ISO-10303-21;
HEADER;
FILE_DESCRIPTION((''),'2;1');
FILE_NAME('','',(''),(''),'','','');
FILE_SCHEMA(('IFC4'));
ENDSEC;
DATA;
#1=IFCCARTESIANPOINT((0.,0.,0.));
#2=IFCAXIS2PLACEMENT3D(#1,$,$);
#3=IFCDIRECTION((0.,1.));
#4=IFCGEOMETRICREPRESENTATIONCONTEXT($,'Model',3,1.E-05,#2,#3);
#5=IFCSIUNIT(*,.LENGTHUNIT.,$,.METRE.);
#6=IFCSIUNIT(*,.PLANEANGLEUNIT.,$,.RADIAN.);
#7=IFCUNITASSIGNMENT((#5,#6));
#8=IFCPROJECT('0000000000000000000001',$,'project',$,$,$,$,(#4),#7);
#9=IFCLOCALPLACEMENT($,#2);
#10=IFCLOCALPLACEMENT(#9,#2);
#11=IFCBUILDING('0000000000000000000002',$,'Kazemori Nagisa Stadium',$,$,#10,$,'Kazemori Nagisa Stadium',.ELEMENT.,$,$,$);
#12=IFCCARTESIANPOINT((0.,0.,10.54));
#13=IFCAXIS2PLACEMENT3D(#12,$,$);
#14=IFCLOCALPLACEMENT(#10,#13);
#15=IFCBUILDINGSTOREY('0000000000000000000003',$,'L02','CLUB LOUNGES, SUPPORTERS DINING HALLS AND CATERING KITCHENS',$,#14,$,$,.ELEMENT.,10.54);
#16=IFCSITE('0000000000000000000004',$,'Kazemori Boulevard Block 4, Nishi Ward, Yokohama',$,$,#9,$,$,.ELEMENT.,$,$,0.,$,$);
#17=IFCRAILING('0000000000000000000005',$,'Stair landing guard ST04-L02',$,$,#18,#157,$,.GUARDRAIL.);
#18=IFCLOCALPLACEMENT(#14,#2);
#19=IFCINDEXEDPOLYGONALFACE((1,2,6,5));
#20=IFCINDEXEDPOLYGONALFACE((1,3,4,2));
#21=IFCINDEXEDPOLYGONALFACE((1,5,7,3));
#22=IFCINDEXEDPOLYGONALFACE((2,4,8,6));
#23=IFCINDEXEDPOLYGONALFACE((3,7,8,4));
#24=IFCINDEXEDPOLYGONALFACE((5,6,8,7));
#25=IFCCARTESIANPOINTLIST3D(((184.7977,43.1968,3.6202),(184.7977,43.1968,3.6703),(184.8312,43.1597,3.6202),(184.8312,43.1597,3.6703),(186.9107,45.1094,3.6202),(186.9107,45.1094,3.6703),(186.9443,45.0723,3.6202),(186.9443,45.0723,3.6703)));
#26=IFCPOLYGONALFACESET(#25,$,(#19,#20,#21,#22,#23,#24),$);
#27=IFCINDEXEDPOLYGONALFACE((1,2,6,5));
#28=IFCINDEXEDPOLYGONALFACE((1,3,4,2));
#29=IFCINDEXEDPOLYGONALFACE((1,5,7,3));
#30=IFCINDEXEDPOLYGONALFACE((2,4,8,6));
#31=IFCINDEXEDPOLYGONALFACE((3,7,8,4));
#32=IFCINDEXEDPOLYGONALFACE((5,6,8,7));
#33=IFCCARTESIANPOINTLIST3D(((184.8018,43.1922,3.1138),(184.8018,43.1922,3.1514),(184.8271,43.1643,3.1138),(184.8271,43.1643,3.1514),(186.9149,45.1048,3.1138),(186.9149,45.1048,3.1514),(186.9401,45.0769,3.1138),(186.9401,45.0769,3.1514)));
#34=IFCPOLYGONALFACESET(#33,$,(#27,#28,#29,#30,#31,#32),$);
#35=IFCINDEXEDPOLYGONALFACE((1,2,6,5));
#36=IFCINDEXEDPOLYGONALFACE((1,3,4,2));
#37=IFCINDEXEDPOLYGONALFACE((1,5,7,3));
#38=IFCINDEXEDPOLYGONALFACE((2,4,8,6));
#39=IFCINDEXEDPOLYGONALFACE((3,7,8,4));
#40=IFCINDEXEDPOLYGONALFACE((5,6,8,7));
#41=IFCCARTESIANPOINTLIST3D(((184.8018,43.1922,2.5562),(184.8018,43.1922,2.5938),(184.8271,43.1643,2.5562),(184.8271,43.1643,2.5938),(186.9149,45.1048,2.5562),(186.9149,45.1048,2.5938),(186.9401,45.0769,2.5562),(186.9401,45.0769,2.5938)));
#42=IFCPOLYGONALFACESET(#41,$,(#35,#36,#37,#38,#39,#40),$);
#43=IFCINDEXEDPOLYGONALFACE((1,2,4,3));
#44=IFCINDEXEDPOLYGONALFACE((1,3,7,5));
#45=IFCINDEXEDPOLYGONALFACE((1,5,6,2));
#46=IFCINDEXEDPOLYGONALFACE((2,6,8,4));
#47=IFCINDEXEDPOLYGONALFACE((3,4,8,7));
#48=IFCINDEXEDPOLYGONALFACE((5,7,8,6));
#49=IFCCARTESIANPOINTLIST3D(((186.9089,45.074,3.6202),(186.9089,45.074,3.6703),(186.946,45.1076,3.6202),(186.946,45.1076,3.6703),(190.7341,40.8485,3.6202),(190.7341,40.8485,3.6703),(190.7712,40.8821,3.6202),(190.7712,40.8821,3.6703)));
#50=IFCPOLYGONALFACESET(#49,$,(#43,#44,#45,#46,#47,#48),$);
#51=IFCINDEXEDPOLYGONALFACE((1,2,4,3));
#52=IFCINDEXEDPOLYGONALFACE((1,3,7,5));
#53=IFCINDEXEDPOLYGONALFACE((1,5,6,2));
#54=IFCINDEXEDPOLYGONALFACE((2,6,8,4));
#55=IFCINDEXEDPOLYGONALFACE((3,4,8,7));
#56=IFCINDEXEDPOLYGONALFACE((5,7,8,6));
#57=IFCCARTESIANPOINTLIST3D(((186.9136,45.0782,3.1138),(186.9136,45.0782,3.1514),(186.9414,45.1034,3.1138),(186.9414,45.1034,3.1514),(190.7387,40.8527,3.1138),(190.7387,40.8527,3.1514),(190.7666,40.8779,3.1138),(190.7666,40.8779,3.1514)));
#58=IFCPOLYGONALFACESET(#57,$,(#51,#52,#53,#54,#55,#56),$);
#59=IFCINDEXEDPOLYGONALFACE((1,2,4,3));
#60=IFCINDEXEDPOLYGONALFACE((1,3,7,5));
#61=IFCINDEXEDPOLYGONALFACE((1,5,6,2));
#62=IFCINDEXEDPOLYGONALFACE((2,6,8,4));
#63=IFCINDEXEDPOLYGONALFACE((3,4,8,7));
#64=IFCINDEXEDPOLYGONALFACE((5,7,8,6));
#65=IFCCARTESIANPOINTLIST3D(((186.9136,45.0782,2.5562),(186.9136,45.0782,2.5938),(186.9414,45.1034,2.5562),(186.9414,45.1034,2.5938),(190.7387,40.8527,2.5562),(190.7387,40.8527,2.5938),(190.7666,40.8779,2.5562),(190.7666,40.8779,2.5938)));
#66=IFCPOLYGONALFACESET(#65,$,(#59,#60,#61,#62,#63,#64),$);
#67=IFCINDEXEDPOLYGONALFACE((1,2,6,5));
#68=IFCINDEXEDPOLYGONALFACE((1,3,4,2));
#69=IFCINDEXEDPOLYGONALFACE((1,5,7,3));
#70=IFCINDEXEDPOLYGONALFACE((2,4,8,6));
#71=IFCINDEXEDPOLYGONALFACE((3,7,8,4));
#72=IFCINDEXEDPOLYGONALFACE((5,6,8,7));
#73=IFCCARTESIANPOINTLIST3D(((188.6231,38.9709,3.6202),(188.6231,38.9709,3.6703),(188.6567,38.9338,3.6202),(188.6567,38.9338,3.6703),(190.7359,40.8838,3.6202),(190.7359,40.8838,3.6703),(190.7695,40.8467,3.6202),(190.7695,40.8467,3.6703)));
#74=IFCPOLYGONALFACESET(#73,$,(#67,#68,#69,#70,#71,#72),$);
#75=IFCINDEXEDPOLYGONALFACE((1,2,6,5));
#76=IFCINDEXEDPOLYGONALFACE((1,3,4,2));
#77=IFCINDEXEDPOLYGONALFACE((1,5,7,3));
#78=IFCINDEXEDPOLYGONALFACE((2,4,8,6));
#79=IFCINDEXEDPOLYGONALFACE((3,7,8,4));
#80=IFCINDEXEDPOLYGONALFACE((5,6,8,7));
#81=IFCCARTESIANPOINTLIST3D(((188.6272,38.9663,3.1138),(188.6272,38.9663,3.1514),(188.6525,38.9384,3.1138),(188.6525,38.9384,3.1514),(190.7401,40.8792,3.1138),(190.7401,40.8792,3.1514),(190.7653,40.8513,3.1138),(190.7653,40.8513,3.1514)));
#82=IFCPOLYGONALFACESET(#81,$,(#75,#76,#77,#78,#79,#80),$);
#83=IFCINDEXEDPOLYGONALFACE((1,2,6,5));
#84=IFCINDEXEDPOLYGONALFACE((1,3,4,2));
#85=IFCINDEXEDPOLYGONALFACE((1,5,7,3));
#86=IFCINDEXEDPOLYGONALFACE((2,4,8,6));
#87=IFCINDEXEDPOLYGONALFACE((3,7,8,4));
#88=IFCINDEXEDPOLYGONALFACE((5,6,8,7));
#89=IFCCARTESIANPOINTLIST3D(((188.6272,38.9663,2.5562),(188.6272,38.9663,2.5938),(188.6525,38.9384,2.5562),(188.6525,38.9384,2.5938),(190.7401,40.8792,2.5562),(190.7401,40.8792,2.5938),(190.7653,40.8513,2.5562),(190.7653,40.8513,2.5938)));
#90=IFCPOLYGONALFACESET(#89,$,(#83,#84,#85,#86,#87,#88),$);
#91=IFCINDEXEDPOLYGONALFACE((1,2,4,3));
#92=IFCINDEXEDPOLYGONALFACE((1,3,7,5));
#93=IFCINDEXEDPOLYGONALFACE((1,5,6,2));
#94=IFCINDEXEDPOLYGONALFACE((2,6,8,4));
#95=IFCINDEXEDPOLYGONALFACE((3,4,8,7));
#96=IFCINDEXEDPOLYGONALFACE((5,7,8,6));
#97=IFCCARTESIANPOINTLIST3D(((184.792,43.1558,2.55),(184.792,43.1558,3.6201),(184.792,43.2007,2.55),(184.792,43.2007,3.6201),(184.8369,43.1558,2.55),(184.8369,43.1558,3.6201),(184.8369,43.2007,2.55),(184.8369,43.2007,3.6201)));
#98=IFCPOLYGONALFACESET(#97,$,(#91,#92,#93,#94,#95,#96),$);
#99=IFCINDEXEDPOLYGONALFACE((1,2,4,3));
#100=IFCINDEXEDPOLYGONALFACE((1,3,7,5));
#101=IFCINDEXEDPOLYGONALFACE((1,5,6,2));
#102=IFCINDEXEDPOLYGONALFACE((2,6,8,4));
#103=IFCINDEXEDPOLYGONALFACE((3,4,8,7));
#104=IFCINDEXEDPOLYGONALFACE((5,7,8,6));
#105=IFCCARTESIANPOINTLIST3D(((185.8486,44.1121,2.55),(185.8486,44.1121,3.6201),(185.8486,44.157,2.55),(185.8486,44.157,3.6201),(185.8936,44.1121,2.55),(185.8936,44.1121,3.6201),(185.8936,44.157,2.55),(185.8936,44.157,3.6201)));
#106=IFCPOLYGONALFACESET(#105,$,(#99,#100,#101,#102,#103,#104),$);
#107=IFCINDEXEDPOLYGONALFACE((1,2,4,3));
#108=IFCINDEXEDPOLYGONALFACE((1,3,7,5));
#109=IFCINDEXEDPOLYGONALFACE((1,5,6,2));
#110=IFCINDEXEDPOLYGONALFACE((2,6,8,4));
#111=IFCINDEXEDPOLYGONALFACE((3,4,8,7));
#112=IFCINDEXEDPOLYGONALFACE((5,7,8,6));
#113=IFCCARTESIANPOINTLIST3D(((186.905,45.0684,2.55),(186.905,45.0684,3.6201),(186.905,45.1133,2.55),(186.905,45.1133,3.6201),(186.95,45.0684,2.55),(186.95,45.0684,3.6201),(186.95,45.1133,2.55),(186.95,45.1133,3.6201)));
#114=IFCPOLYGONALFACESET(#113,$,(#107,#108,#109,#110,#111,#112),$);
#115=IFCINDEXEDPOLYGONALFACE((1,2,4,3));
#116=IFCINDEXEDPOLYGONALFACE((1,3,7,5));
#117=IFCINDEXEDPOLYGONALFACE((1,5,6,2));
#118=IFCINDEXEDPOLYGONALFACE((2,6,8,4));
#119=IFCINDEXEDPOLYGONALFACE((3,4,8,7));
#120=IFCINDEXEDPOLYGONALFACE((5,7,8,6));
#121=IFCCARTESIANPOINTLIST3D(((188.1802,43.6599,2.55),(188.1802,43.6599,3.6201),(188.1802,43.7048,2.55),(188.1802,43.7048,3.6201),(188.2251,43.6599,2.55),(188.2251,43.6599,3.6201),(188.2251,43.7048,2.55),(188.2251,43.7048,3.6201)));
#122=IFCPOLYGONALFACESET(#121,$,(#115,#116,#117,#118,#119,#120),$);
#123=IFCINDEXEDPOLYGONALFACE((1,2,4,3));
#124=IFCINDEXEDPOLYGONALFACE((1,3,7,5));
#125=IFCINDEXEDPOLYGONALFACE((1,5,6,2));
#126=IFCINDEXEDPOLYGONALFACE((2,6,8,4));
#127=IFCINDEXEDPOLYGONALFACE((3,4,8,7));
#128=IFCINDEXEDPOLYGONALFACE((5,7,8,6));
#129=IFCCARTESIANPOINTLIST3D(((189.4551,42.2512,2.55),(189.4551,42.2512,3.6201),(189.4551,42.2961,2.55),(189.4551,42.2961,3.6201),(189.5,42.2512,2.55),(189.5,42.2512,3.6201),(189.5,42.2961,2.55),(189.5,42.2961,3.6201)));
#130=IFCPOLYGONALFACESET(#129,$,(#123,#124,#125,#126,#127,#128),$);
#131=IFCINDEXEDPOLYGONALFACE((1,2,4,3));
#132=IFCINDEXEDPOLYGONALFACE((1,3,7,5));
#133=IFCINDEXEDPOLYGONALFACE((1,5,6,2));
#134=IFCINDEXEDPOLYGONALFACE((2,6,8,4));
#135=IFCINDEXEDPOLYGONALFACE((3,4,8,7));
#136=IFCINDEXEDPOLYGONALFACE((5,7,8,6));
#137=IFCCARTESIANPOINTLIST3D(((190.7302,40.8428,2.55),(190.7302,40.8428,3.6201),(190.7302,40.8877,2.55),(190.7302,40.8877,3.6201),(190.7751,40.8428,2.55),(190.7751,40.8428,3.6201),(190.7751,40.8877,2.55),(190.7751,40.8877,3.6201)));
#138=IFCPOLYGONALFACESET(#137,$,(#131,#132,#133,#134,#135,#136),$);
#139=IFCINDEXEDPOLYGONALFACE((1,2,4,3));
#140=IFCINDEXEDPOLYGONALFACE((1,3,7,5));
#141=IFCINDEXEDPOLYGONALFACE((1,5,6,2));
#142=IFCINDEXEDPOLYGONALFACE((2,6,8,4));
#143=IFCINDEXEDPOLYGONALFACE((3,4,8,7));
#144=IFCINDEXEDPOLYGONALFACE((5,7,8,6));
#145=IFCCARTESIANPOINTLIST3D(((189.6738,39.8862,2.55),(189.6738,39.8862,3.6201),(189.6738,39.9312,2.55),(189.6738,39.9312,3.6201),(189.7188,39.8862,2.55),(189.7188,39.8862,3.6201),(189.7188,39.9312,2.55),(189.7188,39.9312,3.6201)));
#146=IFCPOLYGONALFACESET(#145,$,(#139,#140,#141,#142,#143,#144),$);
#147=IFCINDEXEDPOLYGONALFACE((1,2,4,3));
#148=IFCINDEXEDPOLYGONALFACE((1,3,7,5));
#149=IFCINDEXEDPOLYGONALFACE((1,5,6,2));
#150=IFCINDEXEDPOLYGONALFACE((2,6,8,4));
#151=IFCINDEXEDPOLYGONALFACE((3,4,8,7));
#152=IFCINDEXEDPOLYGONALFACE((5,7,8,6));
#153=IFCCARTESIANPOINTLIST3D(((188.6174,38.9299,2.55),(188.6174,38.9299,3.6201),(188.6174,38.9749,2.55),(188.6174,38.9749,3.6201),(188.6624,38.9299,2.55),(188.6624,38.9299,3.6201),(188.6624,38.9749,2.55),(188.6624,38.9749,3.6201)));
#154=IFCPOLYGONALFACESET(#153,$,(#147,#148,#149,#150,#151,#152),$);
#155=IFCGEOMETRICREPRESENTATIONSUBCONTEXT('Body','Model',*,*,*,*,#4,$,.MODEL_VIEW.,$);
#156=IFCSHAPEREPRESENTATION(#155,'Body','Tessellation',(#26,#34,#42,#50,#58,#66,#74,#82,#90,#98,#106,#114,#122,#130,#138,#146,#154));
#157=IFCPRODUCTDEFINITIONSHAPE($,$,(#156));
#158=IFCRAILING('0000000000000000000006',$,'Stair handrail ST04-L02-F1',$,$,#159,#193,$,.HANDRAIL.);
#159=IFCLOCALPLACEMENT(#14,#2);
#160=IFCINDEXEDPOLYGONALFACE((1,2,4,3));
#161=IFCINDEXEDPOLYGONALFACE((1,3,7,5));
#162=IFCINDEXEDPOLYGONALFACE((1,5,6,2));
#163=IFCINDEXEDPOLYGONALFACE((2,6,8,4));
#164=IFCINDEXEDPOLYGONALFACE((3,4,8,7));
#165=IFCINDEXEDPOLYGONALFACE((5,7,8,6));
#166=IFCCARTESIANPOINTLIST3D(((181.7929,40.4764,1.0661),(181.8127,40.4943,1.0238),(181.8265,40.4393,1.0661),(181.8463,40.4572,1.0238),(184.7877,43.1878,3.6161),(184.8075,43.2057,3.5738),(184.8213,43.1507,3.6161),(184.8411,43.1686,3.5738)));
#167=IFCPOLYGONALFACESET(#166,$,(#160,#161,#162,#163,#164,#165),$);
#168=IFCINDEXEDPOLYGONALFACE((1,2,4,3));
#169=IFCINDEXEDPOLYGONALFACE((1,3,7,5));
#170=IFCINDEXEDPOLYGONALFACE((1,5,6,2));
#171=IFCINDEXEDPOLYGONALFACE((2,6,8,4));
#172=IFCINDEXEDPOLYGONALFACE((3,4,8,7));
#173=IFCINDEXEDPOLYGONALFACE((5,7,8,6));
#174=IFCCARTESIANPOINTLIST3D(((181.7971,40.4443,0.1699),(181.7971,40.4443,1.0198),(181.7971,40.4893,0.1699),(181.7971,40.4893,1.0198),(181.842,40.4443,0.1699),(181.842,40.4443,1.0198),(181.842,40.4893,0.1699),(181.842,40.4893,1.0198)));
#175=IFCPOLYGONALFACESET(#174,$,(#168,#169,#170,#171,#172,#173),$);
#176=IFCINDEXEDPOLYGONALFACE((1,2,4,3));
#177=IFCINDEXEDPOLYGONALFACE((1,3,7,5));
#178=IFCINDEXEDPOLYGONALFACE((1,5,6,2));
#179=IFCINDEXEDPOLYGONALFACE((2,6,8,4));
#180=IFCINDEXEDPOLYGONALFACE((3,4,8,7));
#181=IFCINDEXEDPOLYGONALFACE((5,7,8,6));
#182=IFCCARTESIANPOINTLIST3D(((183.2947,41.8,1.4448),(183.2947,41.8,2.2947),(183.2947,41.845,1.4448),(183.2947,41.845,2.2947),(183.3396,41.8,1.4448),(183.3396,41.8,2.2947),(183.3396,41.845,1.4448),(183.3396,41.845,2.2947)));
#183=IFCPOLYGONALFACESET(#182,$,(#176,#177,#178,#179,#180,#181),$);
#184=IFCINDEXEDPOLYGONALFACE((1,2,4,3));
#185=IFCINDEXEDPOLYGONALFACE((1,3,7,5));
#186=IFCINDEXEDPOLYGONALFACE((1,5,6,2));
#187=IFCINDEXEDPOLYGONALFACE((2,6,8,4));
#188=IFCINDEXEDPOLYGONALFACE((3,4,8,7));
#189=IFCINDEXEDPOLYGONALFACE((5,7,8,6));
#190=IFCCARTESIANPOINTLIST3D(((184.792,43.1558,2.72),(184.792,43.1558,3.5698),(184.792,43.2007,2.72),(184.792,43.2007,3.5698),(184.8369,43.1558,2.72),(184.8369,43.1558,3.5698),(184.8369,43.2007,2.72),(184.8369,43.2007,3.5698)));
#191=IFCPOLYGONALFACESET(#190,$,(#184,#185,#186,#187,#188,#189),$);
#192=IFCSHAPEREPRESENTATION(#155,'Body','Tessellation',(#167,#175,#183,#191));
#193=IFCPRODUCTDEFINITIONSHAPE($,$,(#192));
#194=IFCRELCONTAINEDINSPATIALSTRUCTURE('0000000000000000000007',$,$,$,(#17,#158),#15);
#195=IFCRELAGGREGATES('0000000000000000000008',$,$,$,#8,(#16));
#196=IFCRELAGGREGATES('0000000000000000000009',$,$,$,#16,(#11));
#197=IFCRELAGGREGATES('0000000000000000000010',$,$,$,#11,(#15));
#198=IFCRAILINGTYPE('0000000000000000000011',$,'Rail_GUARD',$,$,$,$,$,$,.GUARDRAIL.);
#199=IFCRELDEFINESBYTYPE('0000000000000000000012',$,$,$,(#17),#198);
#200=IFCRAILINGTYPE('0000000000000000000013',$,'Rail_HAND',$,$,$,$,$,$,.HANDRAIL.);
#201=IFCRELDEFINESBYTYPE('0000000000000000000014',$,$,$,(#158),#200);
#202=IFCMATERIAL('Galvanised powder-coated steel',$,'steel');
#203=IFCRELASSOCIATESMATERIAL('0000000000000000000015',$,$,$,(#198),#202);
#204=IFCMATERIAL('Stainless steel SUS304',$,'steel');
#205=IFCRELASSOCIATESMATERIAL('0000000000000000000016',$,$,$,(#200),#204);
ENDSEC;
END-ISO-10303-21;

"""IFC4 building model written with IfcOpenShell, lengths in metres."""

from ifc_helpers import new_model, si_unit, direction, frame, origin, origin_2d, place, context, subcontext, project, spatial, rectangle, extrude, material, type_object, element, save


model = new_model("IFC4")

# Units and contexts
model_context = context("Model", 3, precision=1e-05, world=origin(), true_north=direction((0.0, 1.0)))
body_context = subcontext(model_context, "Body", "Model", "MODEL_VIEW")
ifc_project = project(units=[si_unit("LENGTHUNIT", "METRE"), si_unit("PLANEANGLEUNIT", "RADIAN")], contexts=[model_context])

# Site, building, storey
site_placement = place(None, origin())
site = spatial("IfcSite", under=ifc_project, at=site_placement, Name="Kazemori Boulevard Block 4, Nishi Ward, Yokohama", CompositionType="ELEMENT", RefElevation=0.0)
building_placement = place(site_placement, origin())
building = spatial("IfcBuilding", under=site, at=building_placement, Name="Kazemori Nagisa Stadium", LongName="Kazemori Nagisa Stadium", CompositionType="ELEMENT")
storey_placement = place(building_placement, frame((0.0, 0.0, 10.54)))
storey = spatial("IfcBuildingStorey", under=building, at=storey_placement, Name="L02", Description="CLUB LOUNGES, SUPPORTERS DINING HALLS AND CATERING KITCHENS", CompositionType="ELEMENT", Elevation=10.54)

# Railings
ifc_material_1 = material(Name="Galvanised powder-coated steel", Category="steel")
railing_type_1 = type_object("IfcRailingType", Name="Rail_GUARD", PredefinedType="GUARDRAIL", material=ifc_material_1)
railing_1_placement = place(storey_placement, frame((184.8145, 43.1782, 2.55)))
element("IfcRailing", 1, at=railing_1_placement, inside=storey, type_object=railing_type_1, Name="Stair landing guard ST04-L02", PredefinedType="GUARDRAIL", context=body_context, shape_type="SweptSolid", body=[
    extrude(rectangle(XDim=0.05, YDim=0.05, at=origin_2d()), frame((0.0, 0.0, 1.0952), z_axis=(0.741396, 0.671068, 0.0), x_axis=(-0.671068, 0.741396, 0.0)), (0.0, 0.0, 1.0), 2.8501),
    extrude(rectangle(XDim=0.0376, YDim=0.0376, at=origin_2d()), frame((0.0, 0.0, 0.5825), z_axis=(0.741396, 0.671068, 0.0), x_axis=(-0.671068, 0.741396, 0.0)), (0.0, 0.0, 1.0), 2.8501),
    extrude(rectangle(XDim=0.0376, YDim=0.0376, at=origin_2d()), frame((0.0, 0.0, 0.0249), z_axis=(0.741396, 0.671068, 0.0), x_axis=(-0.671068, 0.741396, 0.0)), (0.0, 0.0, 1.0), 2.8501),
    extrude(rectangle(XDim=0.05, YDim=0.05, at=origin_2d()), frame((2.113, 1.9126, 1.0952), z_axis=(0.671111, -0.741357, 0.0), x_axis=(0.741357, 0.671111, 0.0)), (0.0, 0.0, 1.0), 5.6997),
    extrude(rectangle(XDim=0.0376, YDim=0.0376, at=origin_2d()), frame((2.113, 1.9126, 0.5825), z_axis=(0.671111, -0.741357, 0.0), x_axis=(0.741357, 0.671111, 0.0)), (0.0, 0.0, 1.0), 5.6997),
    extrude(rectangle(XDim=0.0376, YDim=0.0376, at=origin_2d()), frame((2.113, 1.9126, 0.0249), z_axis=(0.671111, -0.741357, 0.0), x_axis=(0.741357, 0.671111, 0.0)), (0.0, 0.0, 1.0), 5.6997),
    extrude(rectangle(XDim=0.05, YDim=0.05, at=origin_2d()), frame((5.9382, -2.313, 1.0952), z_axis=(-0.741315, -0.671158, 0.0), x_axis=(0.671158, -0.741315, 0.0)), (0.0, 0.0, 1.0), 2.8501),
    extrude(rectangle(XDim=0.0376, YDim=0.0376, at=origin_2d()), frame((5.9382, -2.313, 0.5825), z_axis=(-0.741315, -0.671158, 0.0), x_axis=(0.671158, -0.741315, 0.0)), (0.0, 0.0, 1.0), 2.8501),
    extrude(rectangle(XDim=0.0376, YDim=0.0376, at=origin_2d()), frame((5.9382, -2.313, 0.0249), z_axis=(-0.741315, -0.671158, 0.0), x_axis=(0.671158, -0.741315, 0.0)), (0.0, 0.0, 1.0), 2.8501),
    extrude(rectangle(XDim=0.0449, YDim=0.0449, at=origin_2d()), origin(), (0.0, 0.0, 1.0), 1.0701),
    extrude(rectangle(XDim=0.0449, YDim=0.0449, at=origin_2d()), frame((1.0566, 0.9563, 0.0)), (0.0, 0.0, 1.0), 1.0701),
    extrude(rectangle(XDim=0.0449, YDim=0.0449, at=origin_2d()), frame((2.113, 1.9126, 0.0)), (0.0, 0.0, 1.0), 1.0701),
    extrude(rectangle(XDim=0.0449, YDim=0.0449, at=origin_2d()), frame((3.3882, 0.5042, 0.0)), (0.0, 0.0, 1.0), 1.0701),
    extrude(rectangle(XDim=0.0449, YDim=0.0449, at=origin_2d()), frame((4.6631, -0.9045, 0.0)), (0.0, 0.0, 1.0), 1.0701),
    extrude(rectangle(XDim=0.0449, YDim=0.0449, at=origin_2d()), frame((5.9382, -2.313, 0.0)), (0.0, 0.0, 1.0), 1.0701),
    extrude(rectangle(XDim=0.0449, YDim=0.0449, at=origin_2d()), frame((4.8818, -3.2695, 0.0)), (0.0, 0.0, 1.0), 1.0701),
    extrude(rectangle(XDim=0.0449, YDim=0.0449, at=origin_2d()), frame((3.8254, -4.2258, 0.0)), (0.0, 0.0, 1.0), 1.0701),
])
ifc_material_2 = material(Name="Stainless steel SUS304", Category="steel")
railing_type_2 = type_object("IfcRailingType", Name="Rail_HAND", PredefinedType="HANDRAIL", material=ifc_material_2)
railing_2_placement = place(storey_placement, frame((181.8196, 40.4668, 0.1699)))
element("IfcRailing", 2, at=railing_2_placement, inside=storey, type_object=railing_type_2, Name="Stair handrail ST04-L02-F1", PredefinedType="HANDRAIL", context=body_context, shape_type="SweptSolid", body=[
    extrude(rectangle(XDim=0.05, YDim=0.05, at=origin_2d()), frame((0.0, 0.0, 0.875), z_axis=(0.626879, 0.567549, 0.53377), x_axis=(-0.671155, 0.741317, 0.0)), (0.0, 0.0, 1.0), 4.7773),
    extrude(rectangle(XDim=0.0449, YDim=0.0449, at=origin_2d()), origin(), (0.0, 0.0, 1.0), 0.8499),
    extrude(rectangle(XDim=0.0449, YDim=0.0449, at=origin_2d()), frame((1.4976, 1.3557, 1.2749)), (0.0, 0.0, 1.0), 0.8499),
    extrude(rectangle(XDim=0.0449, YDim=0.0449, at=origin_2d()), frame((2.9949, 2.7114, 2.55)), (0.0, 0.0, 1.0), 0.8499),
])

save(model, "model.ifc")
